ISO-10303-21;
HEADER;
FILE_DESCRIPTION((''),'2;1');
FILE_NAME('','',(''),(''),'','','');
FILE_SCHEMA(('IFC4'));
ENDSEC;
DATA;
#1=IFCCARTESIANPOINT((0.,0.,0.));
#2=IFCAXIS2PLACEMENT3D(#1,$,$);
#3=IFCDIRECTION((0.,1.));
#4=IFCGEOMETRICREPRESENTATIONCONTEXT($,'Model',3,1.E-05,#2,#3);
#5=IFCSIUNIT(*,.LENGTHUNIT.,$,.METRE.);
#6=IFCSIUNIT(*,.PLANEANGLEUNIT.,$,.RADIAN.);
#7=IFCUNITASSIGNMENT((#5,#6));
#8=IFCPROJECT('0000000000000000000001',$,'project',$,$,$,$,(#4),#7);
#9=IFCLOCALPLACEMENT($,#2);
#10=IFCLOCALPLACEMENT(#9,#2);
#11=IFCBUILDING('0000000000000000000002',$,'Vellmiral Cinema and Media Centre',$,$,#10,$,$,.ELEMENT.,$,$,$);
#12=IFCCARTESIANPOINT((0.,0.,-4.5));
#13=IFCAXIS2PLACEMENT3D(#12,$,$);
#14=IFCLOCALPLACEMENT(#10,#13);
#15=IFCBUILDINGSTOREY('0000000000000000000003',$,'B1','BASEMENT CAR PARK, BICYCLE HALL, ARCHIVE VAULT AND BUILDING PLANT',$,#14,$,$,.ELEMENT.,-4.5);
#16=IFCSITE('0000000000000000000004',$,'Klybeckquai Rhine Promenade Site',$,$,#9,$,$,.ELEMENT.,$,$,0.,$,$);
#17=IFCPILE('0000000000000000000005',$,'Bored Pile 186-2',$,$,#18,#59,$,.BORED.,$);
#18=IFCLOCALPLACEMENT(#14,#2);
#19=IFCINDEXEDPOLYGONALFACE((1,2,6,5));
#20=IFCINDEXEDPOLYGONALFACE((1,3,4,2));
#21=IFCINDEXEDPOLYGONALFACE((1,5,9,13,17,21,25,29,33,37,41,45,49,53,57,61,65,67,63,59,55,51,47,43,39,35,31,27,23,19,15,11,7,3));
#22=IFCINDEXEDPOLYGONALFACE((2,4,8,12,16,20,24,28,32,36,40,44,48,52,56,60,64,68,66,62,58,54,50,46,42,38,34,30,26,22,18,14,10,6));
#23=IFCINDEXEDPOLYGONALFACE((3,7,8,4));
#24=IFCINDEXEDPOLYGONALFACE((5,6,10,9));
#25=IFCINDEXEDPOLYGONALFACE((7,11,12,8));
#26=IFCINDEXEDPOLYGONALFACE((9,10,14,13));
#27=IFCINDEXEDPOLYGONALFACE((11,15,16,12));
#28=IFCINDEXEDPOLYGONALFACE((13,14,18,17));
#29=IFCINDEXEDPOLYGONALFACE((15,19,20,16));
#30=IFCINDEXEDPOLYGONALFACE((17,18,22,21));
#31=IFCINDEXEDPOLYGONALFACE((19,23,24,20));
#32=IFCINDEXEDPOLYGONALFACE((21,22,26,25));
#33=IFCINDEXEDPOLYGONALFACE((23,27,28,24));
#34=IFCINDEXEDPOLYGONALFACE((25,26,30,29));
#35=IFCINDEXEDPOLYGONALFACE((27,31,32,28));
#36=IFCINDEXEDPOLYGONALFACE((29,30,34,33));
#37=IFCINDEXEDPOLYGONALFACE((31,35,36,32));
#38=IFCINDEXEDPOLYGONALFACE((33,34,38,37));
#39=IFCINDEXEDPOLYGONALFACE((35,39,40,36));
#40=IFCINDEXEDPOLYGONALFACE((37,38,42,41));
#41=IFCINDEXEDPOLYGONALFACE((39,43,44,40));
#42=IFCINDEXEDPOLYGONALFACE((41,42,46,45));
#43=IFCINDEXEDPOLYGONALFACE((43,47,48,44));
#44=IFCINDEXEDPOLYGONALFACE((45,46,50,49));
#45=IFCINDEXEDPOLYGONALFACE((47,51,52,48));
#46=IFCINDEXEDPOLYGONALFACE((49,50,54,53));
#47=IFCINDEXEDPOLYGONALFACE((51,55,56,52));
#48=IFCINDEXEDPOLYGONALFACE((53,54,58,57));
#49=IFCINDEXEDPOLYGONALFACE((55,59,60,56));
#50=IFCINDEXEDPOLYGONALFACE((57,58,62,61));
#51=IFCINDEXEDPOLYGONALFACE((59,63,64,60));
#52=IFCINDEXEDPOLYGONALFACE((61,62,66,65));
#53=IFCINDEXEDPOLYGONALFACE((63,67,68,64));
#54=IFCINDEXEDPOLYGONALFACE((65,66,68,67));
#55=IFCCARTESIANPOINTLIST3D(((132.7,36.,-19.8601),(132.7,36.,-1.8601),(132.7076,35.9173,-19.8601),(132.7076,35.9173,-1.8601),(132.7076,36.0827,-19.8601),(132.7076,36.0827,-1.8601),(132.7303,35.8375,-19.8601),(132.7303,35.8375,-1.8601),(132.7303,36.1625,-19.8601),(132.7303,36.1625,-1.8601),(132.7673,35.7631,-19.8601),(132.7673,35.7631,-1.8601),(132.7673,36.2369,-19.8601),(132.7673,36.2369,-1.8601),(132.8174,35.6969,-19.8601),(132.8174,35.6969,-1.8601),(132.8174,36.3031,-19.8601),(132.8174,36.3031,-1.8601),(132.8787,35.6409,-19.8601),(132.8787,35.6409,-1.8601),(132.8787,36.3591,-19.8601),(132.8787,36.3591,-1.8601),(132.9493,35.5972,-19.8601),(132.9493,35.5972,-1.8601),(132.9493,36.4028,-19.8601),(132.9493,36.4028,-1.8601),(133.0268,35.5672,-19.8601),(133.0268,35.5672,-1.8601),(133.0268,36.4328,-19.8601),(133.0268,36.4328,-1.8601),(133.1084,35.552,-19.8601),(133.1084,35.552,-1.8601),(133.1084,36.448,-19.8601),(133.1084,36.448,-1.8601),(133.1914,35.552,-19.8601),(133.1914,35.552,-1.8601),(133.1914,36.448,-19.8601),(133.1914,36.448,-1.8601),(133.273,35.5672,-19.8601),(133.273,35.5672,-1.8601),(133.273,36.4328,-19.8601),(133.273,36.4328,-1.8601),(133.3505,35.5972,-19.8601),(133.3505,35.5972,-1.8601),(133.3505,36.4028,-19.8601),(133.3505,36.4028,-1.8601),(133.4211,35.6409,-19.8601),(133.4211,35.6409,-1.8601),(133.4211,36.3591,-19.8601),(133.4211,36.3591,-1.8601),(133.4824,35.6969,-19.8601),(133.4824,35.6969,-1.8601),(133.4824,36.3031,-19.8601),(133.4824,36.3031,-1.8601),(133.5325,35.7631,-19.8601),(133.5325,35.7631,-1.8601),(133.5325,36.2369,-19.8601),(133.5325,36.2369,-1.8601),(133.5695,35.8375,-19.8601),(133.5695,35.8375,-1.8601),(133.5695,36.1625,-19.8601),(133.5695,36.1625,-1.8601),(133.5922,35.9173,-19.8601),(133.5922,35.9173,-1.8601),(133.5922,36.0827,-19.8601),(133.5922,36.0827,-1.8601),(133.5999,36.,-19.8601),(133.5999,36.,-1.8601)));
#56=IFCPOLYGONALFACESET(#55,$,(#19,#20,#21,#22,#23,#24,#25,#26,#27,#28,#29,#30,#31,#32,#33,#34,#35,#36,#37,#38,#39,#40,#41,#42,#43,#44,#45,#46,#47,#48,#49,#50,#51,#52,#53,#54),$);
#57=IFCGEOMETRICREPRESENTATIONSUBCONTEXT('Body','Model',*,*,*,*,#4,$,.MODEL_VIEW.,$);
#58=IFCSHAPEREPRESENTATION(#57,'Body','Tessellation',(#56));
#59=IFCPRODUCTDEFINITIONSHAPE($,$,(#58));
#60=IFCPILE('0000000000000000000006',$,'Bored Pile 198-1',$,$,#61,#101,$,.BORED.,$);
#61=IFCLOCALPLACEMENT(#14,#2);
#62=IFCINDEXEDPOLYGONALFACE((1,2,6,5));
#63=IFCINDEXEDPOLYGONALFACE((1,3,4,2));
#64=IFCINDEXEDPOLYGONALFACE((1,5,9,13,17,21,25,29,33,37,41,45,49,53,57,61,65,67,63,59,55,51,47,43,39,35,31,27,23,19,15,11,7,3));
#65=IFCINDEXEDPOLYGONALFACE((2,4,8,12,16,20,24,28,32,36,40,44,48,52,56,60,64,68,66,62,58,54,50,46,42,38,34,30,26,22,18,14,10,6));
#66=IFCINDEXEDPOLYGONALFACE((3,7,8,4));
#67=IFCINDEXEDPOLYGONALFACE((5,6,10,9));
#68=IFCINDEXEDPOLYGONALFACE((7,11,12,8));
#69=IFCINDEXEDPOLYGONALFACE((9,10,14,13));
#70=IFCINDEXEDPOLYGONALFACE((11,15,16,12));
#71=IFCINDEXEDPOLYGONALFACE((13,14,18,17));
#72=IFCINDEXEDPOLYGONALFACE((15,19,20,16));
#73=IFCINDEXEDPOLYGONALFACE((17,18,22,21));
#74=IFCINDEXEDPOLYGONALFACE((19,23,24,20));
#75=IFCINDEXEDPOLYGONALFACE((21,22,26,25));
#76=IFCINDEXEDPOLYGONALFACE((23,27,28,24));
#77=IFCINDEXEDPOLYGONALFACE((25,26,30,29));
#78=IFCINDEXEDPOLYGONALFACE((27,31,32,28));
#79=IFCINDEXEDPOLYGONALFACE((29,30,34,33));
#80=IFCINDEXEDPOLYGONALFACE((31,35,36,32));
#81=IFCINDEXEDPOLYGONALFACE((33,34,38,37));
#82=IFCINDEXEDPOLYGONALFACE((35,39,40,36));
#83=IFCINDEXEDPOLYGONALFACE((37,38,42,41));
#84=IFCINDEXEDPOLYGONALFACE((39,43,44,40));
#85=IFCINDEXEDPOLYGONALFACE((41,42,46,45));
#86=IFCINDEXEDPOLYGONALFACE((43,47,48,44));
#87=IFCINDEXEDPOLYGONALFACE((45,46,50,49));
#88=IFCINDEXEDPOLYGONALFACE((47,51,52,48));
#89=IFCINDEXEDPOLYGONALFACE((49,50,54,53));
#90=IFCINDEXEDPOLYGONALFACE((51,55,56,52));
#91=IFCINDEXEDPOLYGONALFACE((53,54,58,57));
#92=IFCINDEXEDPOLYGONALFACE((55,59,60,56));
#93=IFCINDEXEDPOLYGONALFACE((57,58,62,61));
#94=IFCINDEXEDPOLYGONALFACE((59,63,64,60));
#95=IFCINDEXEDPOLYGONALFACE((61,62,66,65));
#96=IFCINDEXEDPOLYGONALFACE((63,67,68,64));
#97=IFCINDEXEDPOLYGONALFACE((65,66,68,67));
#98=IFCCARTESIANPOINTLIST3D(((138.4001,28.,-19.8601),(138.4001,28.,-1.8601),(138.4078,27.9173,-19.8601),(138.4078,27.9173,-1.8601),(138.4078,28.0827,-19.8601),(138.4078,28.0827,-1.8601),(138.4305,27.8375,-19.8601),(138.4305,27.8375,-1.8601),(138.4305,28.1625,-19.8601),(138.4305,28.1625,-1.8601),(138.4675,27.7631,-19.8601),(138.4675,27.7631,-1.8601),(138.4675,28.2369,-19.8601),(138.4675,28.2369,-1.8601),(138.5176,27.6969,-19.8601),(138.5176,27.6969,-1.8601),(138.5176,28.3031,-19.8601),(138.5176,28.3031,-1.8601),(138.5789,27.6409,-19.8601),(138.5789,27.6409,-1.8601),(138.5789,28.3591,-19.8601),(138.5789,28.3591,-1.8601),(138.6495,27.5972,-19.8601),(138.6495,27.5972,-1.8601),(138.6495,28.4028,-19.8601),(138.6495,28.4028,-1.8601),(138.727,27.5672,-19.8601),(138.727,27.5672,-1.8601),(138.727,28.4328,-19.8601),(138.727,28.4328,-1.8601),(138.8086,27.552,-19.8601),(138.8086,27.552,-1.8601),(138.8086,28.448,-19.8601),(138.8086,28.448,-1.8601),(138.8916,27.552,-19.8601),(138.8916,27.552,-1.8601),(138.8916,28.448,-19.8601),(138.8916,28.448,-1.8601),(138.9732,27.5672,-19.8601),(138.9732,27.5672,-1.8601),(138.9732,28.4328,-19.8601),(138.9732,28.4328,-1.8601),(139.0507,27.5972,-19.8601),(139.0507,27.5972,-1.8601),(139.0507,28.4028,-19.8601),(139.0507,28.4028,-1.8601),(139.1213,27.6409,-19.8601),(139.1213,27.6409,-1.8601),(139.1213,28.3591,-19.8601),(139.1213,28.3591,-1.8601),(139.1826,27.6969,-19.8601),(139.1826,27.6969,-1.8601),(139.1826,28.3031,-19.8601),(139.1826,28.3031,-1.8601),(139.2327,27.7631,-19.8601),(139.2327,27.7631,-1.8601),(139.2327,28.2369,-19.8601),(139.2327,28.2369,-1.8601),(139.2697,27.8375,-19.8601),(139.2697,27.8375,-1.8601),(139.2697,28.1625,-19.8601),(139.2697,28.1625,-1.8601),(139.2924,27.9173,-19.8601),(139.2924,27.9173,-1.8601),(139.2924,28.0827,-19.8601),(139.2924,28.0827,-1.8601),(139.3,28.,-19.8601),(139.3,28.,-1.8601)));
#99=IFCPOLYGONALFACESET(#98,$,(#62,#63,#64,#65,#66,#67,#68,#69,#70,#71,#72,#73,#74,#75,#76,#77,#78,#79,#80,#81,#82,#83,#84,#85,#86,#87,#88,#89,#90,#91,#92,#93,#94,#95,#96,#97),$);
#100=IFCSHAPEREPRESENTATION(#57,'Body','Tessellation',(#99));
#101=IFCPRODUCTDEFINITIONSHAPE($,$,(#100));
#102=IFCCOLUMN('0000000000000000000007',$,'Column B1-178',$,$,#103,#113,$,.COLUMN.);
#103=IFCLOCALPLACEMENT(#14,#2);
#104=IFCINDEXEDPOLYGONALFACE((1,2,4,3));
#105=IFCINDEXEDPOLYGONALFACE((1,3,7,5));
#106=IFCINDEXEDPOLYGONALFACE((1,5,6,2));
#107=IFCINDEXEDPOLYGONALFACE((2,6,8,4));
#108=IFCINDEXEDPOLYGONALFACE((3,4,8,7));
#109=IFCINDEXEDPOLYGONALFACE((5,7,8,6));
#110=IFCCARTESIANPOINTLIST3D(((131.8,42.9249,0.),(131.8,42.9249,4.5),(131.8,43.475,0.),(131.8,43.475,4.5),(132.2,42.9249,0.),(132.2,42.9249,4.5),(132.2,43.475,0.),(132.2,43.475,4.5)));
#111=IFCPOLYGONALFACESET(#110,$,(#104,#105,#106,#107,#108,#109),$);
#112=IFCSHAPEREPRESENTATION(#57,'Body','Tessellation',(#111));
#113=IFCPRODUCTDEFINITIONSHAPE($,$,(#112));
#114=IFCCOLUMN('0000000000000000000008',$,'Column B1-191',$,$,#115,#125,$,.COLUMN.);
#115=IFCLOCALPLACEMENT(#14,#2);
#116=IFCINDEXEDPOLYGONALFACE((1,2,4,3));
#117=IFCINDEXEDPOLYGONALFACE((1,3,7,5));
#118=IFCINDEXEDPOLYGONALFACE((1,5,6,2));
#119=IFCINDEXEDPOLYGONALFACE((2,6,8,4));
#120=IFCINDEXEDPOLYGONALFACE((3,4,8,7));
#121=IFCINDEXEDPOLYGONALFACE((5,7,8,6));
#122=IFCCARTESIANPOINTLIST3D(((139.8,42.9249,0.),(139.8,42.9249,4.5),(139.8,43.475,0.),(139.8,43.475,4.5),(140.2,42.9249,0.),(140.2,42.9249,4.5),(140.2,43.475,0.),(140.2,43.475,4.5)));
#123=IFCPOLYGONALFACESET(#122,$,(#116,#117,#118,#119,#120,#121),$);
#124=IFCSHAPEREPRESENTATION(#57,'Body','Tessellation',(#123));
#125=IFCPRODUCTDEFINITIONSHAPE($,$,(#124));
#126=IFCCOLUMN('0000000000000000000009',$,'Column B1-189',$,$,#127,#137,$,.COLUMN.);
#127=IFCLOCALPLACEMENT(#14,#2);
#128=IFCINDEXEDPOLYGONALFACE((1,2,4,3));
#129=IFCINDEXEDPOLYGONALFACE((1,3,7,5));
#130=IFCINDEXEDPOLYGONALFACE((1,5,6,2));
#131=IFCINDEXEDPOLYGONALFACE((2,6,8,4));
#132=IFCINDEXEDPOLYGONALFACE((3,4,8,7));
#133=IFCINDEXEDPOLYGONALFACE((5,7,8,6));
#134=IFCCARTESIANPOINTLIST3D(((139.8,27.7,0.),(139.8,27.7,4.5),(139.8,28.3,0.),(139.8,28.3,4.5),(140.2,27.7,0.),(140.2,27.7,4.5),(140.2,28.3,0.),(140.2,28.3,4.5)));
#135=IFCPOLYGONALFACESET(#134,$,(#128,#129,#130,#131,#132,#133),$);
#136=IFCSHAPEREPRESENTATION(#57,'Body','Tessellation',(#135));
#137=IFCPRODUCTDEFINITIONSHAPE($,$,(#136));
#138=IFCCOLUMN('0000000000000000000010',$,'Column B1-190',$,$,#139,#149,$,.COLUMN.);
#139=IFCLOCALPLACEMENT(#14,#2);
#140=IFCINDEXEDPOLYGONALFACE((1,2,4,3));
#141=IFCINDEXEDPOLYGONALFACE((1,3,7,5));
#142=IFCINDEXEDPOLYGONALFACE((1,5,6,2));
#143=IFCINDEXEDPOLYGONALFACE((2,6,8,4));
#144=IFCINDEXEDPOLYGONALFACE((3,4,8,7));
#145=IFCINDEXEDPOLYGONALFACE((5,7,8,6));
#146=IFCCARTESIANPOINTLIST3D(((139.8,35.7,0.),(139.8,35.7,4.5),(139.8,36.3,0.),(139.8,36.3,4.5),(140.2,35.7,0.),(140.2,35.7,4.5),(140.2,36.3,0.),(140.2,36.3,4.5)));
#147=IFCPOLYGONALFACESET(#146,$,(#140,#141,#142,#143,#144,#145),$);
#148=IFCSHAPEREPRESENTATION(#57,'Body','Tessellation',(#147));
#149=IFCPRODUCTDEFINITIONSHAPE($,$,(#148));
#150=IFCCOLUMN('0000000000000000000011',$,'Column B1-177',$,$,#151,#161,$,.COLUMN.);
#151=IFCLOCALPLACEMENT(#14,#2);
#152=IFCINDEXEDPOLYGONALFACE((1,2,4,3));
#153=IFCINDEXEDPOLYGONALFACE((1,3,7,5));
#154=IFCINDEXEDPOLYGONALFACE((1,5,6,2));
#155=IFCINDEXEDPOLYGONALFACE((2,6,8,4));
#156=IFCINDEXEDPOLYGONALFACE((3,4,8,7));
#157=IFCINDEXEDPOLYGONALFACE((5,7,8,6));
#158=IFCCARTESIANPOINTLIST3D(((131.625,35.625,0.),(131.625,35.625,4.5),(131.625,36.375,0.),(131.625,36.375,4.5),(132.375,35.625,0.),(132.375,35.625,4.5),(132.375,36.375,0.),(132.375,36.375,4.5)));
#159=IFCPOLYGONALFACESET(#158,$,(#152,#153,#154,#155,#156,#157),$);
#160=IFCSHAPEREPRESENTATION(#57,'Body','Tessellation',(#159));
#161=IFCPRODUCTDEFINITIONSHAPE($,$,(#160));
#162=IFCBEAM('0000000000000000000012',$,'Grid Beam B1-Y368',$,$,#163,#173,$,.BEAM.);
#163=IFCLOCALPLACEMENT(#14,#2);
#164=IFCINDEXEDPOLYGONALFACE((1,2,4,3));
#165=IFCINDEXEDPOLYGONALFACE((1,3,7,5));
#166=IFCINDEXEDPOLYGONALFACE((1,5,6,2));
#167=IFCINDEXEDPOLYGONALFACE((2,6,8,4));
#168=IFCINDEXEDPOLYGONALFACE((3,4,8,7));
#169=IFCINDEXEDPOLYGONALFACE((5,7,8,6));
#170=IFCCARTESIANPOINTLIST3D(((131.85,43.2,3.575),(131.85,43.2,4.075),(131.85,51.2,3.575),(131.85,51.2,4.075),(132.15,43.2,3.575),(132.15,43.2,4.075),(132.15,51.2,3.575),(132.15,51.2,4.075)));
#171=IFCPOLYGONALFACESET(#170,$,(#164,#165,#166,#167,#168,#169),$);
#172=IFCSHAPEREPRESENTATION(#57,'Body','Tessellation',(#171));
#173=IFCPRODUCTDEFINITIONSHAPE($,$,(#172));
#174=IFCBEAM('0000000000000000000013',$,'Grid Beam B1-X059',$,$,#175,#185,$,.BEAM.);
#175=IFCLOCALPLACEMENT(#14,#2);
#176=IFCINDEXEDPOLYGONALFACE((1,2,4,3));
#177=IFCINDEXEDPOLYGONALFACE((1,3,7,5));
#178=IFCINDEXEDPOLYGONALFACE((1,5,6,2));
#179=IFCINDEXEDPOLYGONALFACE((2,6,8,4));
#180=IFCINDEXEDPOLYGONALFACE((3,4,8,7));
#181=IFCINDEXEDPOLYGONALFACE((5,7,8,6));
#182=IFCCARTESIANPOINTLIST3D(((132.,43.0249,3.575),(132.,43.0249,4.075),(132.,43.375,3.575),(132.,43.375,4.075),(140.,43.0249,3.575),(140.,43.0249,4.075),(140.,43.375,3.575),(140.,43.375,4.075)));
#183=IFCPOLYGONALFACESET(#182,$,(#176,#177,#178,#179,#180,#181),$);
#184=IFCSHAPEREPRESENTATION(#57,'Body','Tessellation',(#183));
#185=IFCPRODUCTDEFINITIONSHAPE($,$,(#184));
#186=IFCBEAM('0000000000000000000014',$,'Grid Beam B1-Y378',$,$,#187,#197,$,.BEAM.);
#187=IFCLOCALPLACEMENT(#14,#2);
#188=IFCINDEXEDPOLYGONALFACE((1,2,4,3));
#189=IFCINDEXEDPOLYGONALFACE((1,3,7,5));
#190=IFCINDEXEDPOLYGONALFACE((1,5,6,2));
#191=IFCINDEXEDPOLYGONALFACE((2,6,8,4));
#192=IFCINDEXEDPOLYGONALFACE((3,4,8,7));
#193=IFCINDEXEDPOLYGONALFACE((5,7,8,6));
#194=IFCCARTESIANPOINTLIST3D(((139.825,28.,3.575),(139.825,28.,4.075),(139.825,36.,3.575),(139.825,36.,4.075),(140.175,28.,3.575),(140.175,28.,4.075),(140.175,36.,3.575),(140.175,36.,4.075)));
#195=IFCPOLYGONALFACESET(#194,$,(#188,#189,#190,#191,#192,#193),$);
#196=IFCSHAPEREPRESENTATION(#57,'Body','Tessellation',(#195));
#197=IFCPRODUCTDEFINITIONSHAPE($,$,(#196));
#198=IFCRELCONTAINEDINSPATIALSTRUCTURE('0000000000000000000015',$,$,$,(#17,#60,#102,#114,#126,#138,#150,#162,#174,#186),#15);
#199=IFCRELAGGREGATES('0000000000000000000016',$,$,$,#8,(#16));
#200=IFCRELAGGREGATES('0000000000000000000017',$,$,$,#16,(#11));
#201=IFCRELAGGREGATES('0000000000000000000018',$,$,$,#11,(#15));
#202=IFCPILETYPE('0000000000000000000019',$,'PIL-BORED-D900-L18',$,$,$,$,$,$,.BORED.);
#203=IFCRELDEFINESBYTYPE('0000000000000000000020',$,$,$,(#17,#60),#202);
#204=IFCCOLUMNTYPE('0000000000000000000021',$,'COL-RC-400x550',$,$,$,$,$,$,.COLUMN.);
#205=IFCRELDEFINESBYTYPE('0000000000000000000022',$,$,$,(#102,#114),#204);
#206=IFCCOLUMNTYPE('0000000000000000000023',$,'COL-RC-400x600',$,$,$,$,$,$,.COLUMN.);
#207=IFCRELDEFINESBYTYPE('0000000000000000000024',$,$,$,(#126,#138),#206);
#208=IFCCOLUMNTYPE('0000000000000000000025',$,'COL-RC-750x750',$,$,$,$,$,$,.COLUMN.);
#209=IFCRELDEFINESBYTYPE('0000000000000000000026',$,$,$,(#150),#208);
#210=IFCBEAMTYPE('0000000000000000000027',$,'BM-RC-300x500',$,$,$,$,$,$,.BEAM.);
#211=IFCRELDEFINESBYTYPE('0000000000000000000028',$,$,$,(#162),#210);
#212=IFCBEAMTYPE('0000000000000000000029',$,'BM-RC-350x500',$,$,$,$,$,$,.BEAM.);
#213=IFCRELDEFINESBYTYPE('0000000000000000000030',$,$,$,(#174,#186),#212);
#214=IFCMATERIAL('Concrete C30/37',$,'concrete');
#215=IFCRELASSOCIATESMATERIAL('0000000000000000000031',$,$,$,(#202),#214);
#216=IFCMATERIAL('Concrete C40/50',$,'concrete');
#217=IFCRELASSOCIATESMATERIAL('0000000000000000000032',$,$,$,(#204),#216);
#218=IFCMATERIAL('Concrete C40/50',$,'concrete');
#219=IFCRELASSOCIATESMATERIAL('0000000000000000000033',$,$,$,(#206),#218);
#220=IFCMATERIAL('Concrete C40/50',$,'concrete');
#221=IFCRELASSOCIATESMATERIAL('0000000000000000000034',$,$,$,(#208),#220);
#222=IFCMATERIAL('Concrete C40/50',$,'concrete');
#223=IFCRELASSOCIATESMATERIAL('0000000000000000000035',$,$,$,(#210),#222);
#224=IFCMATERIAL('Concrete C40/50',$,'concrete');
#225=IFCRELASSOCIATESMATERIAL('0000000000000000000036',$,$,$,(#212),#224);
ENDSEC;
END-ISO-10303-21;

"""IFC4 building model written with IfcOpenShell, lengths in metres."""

from ifc_helpers import new_model, si_unit, direction, frame, origin, origin_2d, place, context, subcontext, project, spatial, rectangle, circle, extrude, material, material_profile, profile_set, type_object, element, save


model = new_model("IFC4")

# Units and contexts
model_context = context("Model", 3, precision=1e-05, world=origin(), true_north=direction((0.0, 1.0)))
body_context = subcontext(model_context, "Body", "Model", "MODEL_VIEW")
ifc_project = project(units=[si_unit("LENGTHUNIT", "METRE"), si_unit("PLANEANGLEUNIT", "RADIAN")], contexts=[model_context])

# Site, building, storey
site_placement = place(None, origin())
site = spatial("IfcSite", under=ifc_project, at=site_placement, Name="Klybeckquai Rhine Promenade Site", CompositionType="ELEMENT", RefElevation=0.0)
building_placement = place(site_placement, origin())
building = spatial("IfcBuilding", under=site, at=building_placement, Name="Vellmiral Cinema and Media Centre", CompositionType="ELEMENT")
storey_placement = place(building_placement, frame((0.0, 0.0, -4.5)))
storey = spatial("IfcBuildingStorey", under=building, at=storey_placement, Name="B1", Description="BASEMENT CAR PARK, BICYCLE HALL, ARCHIVE VAULT AND BUILDING PLANT", CompositionType="ELEMENT", Elevation=-4.5)

# Piles
ifc_material_1 = material(Name="Concrete C30/37", Category="concrete")
ifc_material_profile_1 = material_profile(ifc_material_1, circle(Radius=0.45, at=origin_2d()), Name="PILE D900")
ifc_profile_set_1 = profile_set([ifc_material_profile_1], Name="Concrete C30/37")
pile_type_1 = type_object("IfcPileType", Name="PIL-BORED-D900-L18", PredefinedType="BORED", material=ifc_profile_set_1)
for number, where, z_axis, x_axis, name in (
    (1, (133.1499, 36.0, -1.8601), (0.0, 0.0, -1.0), (1.0, 0.0, 0.0), "Bored Pile 186-2"),
    (2, (138.8501, 28.0, -1.8601), (0.0, 0.0, -1.0), (1.0, 0.0, 0.0), "Bored Pile 198-1"),
):
    element("IfcPile", number, at=place(storey_placement, frame(where, z_axis=z_axis, x_axis=x_axis)), inside=storey, type_object=pile_type_1, Name=name, PredefinedType="BORED", context=body_context, shape_type="SweptSolid", body=[
        extrude(circle(Radius=0.45, at=origin_2d()), origin(), (0.0, 0.0, 1.0), 18.0),
    ])

# Columns
ifc_material_2 = material(Name="Concrete C40/50", Category="concrete")
ifc_material_profile_2 = material_profile(ifc_material_2, rectangle(XDim=0.3999, YDim=0.55, at=origin_2d()), Name="RC 400x550")
ifc_profile_set_2 = profile_set([ifc_material_profile_2], Name="Concrete C40/50")
column_type_1 = type_object("IfcColumnType", Name="COL-RC-400x550", PredefinedType="COLUMN", material=ifc_profile_set_2)
for number, where, z_axis, x_axis, name in (
    (3, (132.0, 43.2, 0.0), (0.0, 0.0, 1.0), (1.0, 0.0, 0.0), "Column B1-178"),
    (4, (140.0, 43.2, 0.0), (0.0, 0.0, 1.0), (1.0, 0.0, 0.0), "Column B1-191"),
):
    element("IfcColumn", number, at=place(storey_placement, frame(where, z_axis=z_axis, x_axis=x_axis)), inside=storey, type_object=column_type_1, Name=name, PredefinedType="COLUMN", context=body_context, shape_type="SweptSolid", body=[
        extrude(rectangle(XDim=0.3999, YDim=0.55, at=origin_2d()), origin(), (0.0, 0.0, 1.0), 4.5),
    ])
ifc_material_3 = material(Name="Concrete C40/50", Category="concrete")
ifc_material_profile_3 = material_profile(ifc_material_3, rectangle(XDim=0.3999, YDim=0.6001, at=origin_2d()), Name="RC 400x600")
ifc_profile_set_3 = profile_set([ifc_material_profile_3], Name="Concrete C40/50")
column_type_2 = type_object("IfcColumnType", Name="COL-RC-400x600", PredefinedType="COLUMN", material=ifc_profile_set_3)
for number, where, z_axis, x_axis, name in (
    (5, (140.0, 28.0, 0.0), (0.0, 0.0, 1.0), (1.0, 0.0, 0.0), "Column B1-189"),
    (6, (140.0, 36.0, 0.0), (0.0, 0.0, 1.0), (1.0, 0.0, 0.0), "Column B1-190"),
):
    element("IfcColumn", number, at=place(storey_placement, frame(where, z_axis=z_axis, x_axis=x_axis)), inside=storey, type_object=column_type_2, Name=name, PredefinedType="COLUMN", context=body_context, shape_type="SweptSolid", body=[
        extrude(rectangle(XDim=0.3999, YDim=0.6001, at=origin_2d()), origin(), (0.0, 0.0, 1.0), 4.5),
    ])
ifc_material_4 = material(Name="Concrete C40/50", Category="concrete")
ifc_material_profile_4 = material_profile(ifc_material_4, rectangle(XDim=0.75, YDim=0.75, at=origin_2d()), Name="RC 750x750")
ifc_profile_set_4 = profile_set([ifc_material_profile_4], Name="Concrete C40/50")
column_type_3 = type_object("IfcColumnType", Name="COL-RC-750x750", PredefinedType="COLUMN", material=ifc_profile_set_4)
column_placement = place(storey_placement, frame((132.0, 36.0, 0.0), z_axis=(0.0, 0.0, 1.0), x_axis=(1.0, 0.0, 0.0)))
element("IfcColumn", 7, at=column_placement, inside=storey, type_object=column_type_3, Name="Column B1-177", PredefinedType="COLUMN", context=body_context, shape_type="SweptSolid", body=[
    extrude(rectangle(XDim=0.75, YDim=0.75, at=origin_2d()), origin(), (0.0, 0.0, 1.0), 4.5),
])

# Beams
ifc_material_5 = material(Name="Concrete C40/50", Category="concrete")
ifc_material_profile_5 = material_profile(ifc_material_5, rectangle(XDim=0.3, YDim=0.5, at=origin_2d()), Name="RC 300x500")
ifc_profile_set_5 = profile_set([ifc_material_profile_5], Name="Concrete C40/50")
beam_type_1 = type_object("IfcBeamType", Name="BM-RC-300x500", PredefinedType="BEAM", material=ifc_profile_set_5)
beam_1_placement = place(storey_placement, frame((132.0, 43.2, 3.825), z_axis=(0.0, 1.0, 0.0), x_axis=(-1.0, 0.0, 0.0)))
element("IfcBeam", 8, at=beam_1_placement, inside=storey, type_object=beam_type_1, Name="Grid Beam B1-Y368", PredefinedType="BEAM", context=body_context, shape_type="SweptSolid", body=[
    extrude(rectangle(XDim=0.3, YDim=0.5, at=origin_2d()), origin(), (0.0, 0.0, 1.0), 8.0),
])
ifc_material_6 = material(Name="Concrete C40/50", Category="concrete")
ifc_material_profile_6 = material_profile(ifc_material_6, rectangle(XDim=0.3501, YDim=0.5, at=origin_2d()), Name="RC 350x500")
ifc_profile_set_6 = profile_set([ifc_material_profile_6], Name="Concrete C40/50")
beam_type_2 = type_object("IfcBeamType", Name="BM-RC-350x500", PredefinedType="BEAM", material=ifc_profile_set_6)
for number, where, z_axis, x_axis, name in (
    (9, (132.0, 43.2, 3.825), (1.0, 0.0, 0.0), (0.0, 1.0, 0.0), "Grid Beam B1-X059"),
    (10, (140.0, 28.0, 3.825), (0.0, 1.0, 0.0), (-1.0, 0.0, 0.0), "Grid Beam B1-Y378"),
):
    element("IfcBeam", number, at=place(storey_placement, frame(where, z_axis=z_axis, x_axis=x_axis)), inside=storey, type_object=beam_type_2, Name=name, PredefinedType="BEAM", context=body_context, shape_type="SweptSolid", body=[
        extrude(rectangle(XDim=0.3501, YDim=0.5, at=origin_2d()), origin(), (0.0, 0.0, 1.0), 8.0),
    ])

save(model, "model.ifc")
